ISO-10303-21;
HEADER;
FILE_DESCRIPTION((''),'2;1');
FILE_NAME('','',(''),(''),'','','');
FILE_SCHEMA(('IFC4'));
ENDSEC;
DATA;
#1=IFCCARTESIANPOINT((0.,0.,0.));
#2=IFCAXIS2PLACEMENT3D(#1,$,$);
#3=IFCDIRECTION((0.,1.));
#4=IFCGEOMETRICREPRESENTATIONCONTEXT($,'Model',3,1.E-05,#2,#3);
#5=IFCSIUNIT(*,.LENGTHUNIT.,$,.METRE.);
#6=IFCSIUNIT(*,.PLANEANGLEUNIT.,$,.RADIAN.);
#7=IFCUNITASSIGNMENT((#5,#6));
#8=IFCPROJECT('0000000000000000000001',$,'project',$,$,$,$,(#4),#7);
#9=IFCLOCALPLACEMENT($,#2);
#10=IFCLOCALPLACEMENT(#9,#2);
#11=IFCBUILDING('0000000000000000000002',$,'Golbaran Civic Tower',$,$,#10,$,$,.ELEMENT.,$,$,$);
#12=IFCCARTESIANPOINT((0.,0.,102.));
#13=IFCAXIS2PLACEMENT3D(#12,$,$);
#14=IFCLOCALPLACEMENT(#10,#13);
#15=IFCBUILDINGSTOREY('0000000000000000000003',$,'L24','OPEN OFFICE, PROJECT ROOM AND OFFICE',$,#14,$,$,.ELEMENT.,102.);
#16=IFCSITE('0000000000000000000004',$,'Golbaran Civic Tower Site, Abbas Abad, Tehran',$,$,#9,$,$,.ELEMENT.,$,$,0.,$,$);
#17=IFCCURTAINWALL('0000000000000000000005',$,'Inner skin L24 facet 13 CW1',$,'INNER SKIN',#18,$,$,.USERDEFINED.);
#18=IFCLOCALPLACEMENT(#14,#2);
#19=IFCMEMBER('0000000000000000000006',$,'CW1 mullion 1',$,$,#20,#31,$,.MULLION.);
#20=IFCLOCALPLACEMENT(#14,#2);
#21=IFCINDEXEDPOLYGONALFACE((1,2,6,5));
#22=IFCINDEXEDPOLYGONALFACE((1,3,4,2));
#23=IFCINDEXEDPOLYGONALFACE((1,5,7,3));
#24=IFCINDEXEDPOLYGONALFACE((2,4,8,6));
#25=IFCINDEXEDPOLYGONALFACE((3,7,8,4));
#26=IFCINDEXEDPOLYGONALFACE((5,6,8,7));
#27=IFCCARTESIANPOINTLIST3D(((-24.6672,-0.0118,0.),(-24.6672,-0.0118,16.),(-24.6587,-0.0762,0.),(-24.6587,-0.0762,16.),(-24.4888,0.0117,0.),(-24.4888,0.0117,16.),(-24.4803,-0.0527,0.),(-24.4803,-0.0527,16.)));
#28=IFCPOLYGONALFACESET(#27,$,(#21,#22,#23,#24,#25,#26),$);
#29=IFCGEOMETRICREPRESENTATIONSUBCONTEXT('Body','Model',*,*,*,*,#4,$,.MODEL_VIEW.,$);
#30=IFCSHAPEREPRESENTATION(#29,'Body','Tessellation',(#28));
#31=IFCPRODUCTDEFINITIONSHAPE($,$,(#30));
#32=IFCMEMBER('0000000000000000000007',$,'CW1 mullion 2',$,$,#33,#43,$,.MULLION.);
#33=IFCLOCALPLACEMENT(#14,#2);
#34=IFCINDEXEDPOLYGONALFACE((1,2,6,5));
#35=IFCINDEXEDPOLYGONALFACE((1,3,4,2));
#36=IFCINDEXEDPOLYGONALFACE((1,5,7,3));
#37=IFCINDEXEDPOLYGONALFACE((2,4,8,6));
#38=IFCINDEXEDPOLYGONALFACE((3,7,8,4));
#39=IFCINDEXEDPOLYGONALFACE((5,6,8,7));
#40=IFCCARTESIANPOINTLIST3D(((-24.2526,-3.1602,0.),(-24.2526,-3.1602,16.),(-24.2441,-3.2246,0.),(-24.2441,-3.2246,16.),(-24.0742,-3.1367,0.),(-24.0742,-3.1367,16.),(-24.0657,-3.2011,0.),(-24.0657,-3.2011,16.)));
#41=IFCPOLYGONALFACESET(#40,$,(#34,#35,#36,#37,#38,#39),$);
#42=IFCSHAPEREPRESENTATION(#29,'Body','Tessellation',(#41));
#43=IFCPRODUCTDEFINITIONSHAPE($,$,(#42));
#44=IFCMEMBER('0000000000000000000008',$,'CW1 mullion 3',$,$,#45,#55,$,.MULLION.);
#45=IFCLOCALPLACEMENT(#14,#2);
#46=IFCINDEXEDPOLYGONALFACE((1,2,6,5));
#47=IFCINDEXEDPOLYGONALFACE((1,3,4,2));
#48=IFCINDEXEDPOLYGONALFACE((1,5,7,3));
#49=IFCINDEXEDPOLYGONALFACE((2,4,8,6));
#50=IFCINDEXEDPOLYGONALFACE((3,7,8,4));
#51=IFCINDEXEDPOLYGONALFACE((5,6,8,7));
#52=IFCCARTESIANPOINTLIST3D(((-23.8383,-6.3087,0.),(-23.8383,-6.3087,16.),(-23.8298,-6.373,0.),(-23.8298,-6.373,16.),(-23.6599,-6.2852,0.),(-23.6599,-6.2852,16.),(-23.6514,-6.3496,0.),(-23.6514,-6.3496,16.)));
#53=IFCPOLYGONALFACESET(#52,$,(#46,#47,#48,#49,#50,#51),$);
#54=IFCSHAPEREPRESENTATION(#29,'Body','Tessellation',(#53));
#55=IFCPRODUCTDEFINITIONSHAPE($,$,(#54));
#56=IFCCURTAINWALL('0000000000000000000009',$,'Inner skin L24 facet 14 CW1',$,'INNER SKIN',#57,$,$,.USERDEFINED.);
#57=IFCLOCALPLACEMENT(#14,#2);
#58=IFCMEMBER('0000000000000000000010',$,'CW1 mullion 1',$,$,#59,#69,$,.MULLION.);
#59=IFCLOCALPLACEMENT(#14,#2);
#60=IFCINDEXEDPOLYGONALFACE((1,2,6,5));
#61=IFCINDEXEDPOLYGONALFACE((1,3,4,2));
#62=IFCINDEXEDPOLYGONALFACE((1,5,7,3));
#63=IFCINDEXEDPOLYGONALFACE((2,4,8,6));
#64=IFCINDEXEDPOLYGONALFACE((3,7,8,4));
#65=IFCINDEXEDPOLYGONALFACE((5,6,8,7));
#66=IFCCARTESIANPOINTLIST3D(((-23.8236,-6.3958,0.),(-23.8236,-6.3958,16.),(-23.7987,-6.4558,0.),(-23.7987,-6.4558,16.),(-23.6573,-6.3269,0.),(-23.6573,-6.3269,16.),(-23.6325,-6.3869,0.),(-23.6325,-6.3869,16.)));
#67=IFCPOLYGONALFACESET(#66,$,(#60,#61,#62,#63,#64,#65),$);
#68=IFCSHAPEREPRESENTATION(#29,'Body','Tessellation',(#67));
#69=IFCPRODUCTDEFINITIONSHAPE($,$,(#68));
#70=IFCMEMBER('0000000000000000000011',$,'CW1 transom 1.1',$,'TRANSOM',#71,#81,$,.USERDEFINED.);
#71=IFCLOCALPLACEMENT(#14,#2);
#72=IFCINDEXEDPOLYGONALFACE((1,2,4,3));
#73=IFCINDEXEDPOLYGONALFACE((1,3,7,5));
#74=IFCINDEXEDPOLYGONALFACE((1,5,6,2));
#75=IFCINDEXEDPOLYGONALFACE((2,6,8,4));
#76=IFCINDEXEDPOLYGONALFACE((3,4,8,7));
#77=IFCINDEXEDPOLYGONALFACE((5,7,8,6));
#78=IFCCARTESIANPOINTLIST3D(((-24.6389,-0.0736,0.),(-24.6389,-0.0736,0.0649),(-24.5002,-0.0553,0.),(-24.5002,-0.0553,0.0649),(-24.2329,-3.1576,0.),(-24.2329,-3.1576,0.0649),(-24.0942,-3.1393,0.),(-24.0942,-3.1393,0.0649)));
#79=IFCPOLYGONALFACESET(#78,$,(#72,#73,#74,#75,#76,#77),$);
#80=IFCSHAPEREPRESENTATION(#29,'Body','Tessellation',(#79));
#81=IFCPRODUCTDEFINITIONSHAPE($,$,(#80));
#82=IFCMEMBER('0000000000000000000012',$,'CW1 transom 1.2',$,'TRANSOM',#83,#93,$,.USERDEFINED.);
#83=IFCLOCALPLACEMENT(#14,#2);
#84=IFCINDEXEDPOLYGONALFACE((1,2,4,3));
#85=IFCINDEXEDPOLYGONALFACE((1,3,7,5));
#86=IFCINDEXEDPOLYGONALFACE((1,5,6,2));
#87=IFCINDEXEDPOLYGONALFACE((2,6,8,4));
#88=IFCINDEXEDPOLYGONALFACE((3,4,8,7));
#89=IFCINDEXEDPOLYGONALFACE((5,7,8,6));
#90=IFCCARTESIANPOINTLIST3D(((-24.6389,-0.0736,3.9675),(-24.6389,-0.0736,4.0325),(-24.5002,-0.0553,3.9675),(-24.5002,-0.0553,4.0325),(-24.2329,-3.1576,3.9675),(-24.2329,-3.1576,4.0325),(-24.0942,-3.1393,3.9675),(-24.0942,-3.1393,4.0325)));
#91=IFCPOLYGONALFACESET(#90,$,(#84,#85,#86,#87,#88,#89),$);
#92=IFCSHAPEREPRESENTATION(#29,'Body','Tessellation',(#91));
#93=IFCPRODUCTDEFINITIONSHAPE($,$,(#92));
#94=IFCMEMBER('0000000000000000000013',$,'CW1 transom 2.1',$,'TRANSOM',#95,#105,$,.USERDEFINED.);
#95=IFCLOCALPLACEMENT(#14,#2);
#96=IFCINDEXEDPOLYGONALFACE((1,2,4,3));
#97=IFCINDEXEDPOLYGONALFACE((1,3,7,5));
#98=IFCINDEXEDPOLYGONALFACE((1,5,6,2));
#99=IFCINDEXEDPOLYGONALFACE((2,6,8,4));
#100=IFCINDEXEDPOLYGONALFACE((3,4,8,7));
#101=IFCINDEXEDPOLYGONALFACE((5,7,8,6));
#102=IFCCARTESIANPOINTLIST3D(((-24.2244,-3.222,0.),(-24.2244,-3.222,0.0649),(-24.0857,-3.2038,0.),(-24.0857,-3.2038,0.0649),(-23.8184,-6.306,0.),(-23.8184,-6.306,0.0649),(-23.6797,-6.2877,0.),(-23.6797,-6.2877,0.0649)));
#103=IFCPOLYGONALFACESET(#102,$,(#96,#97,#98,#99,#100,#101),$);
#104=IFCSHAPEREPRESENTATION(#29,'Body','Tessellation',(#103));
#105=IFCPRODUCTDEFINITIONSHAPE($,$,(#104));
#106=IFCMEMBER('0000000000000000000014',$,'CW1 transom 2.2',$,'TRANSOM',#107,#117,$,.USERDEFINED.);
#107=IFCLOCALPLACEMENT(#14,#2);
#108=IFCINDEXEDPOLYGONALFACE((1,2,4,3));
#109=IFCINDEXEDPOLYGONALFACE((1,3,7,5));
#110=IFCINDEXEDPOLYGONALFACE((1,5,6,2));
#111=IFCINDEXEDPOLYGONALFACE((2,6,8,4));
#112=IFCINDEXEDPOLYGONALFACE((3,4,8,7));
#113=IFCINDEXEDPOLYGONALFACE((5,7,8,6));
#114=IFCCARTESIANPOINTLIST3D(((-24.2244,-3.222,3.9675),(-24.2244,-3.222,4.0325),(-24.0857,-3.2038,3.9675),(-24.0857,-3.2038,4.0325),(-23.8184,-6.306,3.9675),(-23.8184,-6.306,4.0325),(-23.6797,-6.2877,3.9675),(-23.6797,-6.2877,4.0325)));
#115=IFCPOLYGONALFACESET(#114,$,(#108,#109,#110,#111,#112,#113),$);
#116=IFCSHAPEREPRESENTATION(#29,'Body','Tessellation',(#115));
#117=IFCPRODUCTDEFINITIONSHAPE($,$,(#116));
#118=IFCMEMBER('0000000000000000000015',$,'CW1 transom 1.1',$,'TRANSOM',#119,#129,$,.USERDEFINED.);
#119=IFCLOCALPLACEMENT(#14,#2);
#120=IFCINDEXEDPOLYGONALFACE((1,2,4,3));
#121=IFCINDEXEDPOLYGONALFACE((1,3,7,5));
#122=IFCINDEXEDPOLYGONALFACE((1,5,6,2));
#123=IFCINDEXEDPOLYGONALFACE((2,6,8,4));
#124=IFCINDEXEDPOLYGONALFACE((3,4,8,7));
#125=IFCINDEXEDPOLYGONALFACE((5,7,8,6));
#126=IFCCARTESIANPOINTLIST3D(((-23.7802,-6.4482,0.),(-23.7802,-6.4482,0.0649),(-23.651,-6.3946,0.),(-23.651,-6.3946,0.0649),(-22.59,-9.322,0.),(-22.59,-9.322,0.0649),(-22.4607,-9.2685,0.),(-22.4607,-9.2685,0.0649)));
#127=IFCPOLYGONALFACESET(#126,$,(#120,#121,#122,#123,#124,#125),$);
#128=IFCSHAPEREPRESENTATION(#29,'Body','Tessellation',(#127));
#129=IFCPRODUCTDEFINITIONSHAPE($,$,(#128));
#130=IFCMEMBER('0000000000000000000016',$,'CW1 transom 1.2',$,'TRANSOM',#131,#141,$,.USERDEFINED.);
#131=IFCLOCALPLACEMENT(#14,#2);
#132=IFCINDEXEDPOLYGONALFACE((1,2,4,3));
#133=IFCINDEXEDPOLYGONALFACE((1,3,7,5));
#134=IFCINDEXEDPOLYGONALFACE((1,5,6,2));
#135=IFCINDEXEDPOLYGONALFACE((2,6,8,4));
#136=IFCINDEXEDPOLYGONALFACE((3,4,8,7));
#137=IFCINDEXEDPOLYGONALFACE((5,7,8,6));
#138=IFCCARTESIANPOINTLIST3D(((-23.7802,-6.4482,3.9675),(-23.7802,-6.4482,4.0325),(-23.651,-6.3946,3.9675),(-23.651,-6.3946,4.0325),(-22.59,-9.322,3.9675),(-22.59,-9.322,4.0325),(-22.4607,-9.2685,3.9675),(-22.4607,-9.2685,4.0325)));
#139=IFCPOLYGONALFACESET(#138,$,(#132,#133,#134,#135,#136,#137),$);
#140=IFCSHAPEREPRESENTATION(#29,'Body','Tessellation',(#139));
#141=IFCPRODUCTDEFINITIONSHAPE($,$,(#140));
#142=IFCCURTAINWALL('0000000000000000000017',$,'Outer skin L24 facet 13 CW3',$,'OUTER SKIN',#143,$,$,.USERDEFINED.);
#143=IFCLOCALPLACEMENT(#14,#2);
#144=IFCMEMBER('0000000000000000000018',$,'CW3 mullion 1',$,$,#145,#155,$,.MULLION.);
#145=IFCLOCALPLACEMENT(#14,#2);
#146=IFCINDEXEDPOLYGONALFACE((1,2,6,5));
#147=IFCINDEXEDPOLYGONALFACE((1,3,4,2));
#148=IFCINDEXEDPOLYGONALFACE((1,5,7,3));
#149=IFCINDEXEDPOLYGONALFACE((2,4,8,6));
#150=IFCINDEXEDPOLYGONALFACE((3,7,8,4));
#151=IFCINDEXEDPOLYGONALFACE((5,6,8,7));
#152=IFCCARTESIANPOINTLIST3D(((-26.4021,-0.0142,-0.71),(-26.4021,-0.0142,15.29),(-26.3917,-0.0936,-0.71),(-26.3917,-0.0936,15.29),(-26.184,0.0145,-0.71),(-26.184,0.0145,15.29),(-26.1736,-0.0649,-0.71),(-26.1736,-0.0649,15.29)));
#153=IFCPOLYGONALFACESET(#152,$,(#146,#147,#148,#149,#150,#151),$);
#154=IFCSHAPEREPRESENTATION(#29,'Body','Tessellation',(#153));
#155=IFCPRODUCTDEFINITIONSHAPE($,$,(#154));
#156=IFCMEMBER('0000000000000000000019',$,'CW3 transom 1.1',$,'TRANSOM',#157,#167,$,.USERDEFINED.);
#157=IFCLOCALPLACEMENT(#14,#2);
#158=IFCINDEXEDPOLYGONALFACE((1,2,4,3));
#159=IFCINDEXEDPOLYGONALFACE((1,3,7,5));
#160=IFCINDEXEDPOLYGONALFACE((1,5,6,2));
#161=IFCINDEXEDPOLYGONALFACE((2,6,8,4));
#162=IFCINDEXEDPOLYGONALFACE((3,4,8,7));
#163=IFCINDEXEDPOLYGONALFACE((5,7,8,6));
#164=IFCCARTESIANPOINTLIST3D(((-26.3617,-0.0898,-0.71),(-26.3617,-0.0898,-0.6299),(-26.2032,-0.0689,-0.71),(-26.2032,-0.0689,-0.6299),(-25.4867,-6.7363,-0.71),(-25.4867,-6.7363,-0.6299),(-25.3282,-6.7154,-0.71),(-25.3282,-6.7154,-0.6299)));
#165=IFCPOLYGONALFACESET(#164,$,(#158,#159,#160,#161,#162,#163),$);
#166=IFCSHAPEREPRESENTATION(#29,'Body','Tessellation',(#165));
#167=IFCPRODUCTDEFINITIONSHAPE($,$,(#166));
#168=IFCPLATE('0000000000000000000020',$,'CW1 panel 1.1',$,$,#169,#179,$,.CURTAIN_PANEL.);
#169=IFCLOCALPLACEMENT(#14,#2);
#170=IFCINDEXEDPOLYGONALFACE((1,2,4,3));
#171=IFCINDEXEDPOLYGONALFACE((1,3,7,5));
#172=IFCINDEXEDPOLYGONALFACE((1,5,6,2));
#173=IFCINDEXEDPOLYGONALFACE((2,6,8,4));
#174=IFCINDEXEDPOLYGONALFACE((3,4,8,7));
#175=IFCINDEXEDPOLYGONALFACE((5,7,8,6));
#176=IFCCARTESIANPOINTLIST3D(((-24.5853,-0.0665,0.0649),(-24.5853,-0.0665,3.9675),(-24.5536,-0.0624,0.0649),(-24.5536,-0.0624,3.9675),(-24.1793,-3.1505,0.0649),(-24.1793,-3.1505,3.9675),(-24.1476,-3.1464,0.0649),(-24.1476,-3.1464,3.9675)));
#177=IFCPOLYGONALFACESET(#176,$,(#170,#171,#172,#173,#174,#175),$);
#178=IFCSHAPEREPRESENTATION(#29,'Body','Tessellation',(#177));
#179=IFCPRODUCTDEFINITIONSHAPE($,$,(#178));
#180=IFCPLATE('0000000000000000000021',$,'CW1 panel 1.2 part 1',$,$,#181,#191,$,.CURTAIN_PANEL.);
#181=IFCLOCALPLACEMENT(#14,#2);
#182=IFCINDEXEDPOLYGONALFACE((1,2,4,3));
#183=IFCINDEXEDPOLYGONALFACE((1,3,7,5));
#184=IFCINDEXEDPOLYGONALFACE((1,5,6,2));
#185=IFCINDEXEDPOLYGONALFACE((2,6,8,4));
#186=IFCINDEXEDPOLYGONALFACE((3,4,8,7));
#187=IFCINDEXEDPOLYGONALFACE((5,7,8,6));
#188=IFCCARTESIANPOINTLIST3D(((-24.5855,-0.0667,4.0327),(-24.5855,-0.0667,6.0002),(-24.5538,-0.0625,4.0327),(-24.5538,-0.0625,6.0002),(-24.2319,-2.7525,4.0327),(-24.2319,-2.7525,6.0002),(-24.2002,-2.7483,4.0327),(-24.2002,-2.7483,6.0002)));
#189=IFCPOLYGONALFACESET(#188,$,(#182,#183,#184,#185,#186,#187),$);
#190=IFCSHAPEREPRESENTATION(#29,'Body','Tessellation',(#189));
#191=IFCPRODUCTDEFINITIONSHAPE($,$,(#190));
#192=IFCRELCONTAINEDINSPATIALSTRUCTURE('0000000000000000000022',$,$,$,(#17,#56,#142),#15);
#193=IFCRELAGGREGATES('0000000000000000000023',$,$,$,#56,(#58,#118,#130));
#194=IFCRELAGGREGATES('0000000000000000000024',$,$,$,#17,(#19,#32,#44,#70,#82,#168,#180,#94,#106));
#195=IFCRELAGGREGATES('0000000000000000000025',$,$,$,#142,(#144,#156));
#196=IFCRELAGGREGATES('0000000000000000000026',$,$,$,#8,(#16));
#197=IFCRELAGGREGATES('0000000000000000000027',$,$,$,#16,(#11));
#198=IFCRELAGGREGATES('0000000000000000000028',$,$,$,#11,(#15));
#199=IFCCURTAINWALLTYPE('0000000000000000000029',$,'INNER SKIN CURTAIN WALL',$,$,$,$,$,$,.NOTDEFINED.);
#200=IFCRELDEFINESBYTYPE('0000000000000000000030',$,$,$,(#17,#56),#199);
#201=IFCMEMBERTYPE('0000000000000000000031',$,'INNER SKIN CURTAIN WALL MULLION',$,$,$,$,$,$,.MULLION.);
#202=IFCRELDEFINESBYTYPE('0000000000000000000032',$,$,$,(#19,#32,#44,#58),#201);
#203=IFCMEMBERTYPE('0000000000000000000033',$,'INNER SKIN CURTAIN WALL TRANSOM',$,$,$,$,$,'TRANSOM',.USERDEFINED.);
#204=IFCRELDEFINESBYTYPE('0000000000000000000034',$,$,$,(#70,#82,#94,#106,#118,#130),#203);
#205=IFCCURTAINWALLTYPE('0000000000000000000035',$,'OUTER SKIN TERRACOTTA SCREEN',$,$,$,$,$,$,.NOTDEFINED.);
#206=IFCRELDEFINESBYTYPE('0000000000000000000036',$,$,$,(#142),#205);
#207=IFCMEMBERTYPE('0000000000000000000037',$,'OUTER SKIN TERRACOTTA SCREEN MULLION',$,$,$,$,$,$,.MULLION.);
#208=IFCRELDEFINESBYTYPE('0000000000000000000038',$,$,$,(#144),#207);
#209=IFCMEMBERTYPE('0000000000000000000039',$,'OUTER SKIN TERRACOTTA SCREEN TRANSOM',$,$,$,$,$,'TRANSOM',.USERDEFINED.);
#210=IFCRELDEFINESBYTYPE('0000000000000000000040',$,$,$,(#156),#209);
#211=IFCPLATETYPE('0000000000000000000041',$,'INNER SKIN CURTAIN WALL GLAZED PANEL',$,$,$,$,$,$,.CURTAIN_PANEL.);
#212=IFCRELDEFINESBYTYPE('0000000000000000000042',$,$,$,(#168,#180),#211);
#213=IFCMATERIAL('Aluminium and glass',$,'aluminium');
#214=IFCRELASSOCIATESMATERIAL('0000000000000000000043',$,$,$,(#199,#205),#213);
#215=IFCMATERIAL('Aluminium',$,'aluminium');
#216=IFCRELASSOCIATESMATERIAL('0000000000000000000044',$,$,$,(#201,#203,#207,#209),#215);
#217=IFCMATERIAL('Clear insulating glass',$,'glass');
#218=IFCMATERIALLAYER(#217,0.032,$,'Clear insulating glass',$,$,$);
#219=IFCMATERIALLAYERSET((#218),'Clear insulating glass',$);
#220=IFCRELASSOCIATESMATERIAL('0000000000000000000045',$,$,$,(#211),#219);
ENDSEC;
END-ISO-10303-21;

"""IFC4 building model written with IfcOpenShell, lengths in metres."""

from ifc_helpers import new_model, si_unit, direction, frame, origin, origin_2d, place, context, subcontext, project, spatial, rectangle, extrude, material, layer, layer_set, material_profile, profile_set, type_object, element, aggregate, save


model = new_model("IFC4")

# Units and contexts
model_context = context("Model", 3, precision=1e-05, world=origin(), true_north=direction((0.0, 1.0)))
body_context = subcontext(model_context, "Body", "Model", "MODEL_VIEW")
ifc_project = project(units=[si_unit("LENGTHUNIT", "METRE"), si_unit("PLANEANGLEUNIT", "RADIAN")], contexts=[model_context])

# Site, building, storey
site_placement = place(None, origin())
site = spatial("IfcSite", under=ifc_project, at=site_placement, Name="Golbaran Civic Tower Site, Abbas Abad, Tehran", CompositionType="ELEMENT", RefElevation=0.0)
building_placement = place(site_placement, origin())
building = spatial("IfcBuilding", under=site, at=building_placement, Name="Golbaran Civic Tower", CompositionType="ELEMENT")
storey_placement = place(building_placement, frame((0.0, 0.0, 102.0)))
storey = spatial("IfcBuildingStorey", under=building, at=storey_placement, Name="L24", Description="OPEN OFFICE, PROJECT ROOM AND OFFICE", CompositionType="ELEMENT", Elevation=102.0)

# Curtain wall, members
ifc_material_1 = material(Name="Aluminium and glass", Category="aluminium")
curtain_wall_type_1 = type_object("IfcCurtainWallType", Name="INNER SKIN CURTAIN WALL", PredefinedType="NOTDEFINED", material=ifc_material_1)
curtain_wall_1_placement = place(storey_placement, origin())
curtain_wall_1 = element("IfcCurtainWall", 1, at=curtain_wall_1_placement, inside=storey, type_object=curtain_wall_type_1, Name="Inner skin L24 facet 13 CW1", ObjectType="INNER SKIN", PredefinedType="USERDEFINED")
ifc_material_2 = material(Name="Aluminium", Category="aluminium")
ifc_material_profile_1 = material_profile(ifc_material_2, rectangle(XDim=0.1799, YDim=0.0649, at=origin_2d()), Name="INNER SKIN CURTAIN WALL MULLION")
ifc_profile_set_1 = profile_set([ifc_material_profile_1], Name="Aluminium")
member_type_1 = type_object("IfcMemberType", Name="INNER SKIN CURTAIN WALL MULLION", PredefinedType="MULLION", material=ifc_profile_set_1)
member_1_placement = place(storey_placement, frame((-24.5737, -0.0322, 0.0), z_axis=(0.0, 0.0, 1.0), x_axis=(0.991445, 0.130526, 0.0)))
member_1 = element("IfcMember", 2, at=member_1_placement, type_object=member_type_1, Name="CW1 mullion 1", PredefinedType="MULLION", context=body_context, shape_type="SweptSolid", body=[
    extrude(rectangle(XDim=0.1799, YDim=0.0649, at=origin_2d()), origin(), (0.0, 0.0, 1.0), 16.0),
])
member_2_placement = place(storey_placement, frame((-24.1592, -3.1807, 0.0), z_axis=(0.0, 0.0, 1.0), x_axis=(0.991445, 0.130526, 0.0)))
member_2 = element("IfcMember", 3, at=member_2_placement, type_object=member_type_1, Name="CW1 mullion 2", PredefinedType="MULLION", context=body_context, shape_type="SweptSolid", body=[
    extrude(rectangle(XDim=0.1799, YDim=0.0649, at=origin_2d()), origin(), (0.0, 0.0, 1.0), 16.0),
])
member_3_placement = place(storey_placement, frame((-23.7449, -6.3291, 0.0), z_axis=(0.0, 0.0, 1.0), x_axis=(0.991445, 0.130526, 0.0)))
member_3 = element("IfcMember", 4, at=member_3_placement, type_object=member_type_1, Name="CW1 mullion 3", PredefinedType="MULLION", context=body_context, shape_type="SweptSolid", body=[
    extrude(rectangle(XDim=0.1799, YDim=0.0649, at=origin_2d()), origin(), (0.0, 0.0, 1.0), 16.0),
])

# Curtain wall, member
curtain_wall_2_placement = place(storey_placement, origin())
curtain_wall_2 = element("IfcCurtainWall", 5, at=curtain_wall_2_placement, inside=storey, type_object=curtain_wall_type_1, Name="Inner skin L24 facet 14 CW1", ObjectType="INNER SKIN", PredefinedType="USERDEFINED")
member_4_placement = place(storey_placement, frame((-23.728, -6.3914, 0.0), z_axis=(0.0, 0.0, 1.0), x_axis=(0.92388, 0.382683, 0.0)))
member_4 = element("IfcMember", 6, at=member_4_placement, type_object=member_type_1, Name="CW1 mullion 1", PredefinedType="MULLION", context=body_context, shape_type="SweptSolid", body=[
    extrude(rectangle(XDim=0.1799, YDim=0.0649, at=origin_2d()), origin(), (0.0, 0.0, 1.0), 16.0),
])

# Members
ifc_material_profile_2 = material_profile(ifc_material_2, rectangle(XDim=0.1399, YDim=0.0649, at=origin_2d()), Name="INNER SKIN CURTAIN WALL TRANSOM")
ifc_profile_set_2 = profile_set([ifc_material_profile_2], Name="Aluminium")
member_type_2 = type_object("IfcMemberType", Name="INNER SKIN CURTAIN WALL TRANSOM", ElementType="TRANSOM", PredefinedType="USERDEFINED", material=ifc_profile_set_2)
member_5_placement = place(storey_placement, frame((-24.5696, -0.0645, 0.0325), z_axis=(0.130524, -0.991445, 0.0), x_axis=(0.991445, 0.130524, 0.0)))
member_5 = element("IfcMember", 7, at=member_5_placement, type_object=member_type_2, Name="CW1 transom 1.1", ObjectType="TRANSOM", PredefinedType="USERDEFINED", context=body_context, shape_type="SweptSolid", body=[
    extrude(rectangle(XDim=0.1399, YDim=0.0649, at=origin_2d()), origin(), (0.0, 0.0, 1.0), 3.1106),
])
member_6_placement = place(storey_placement, frame((-24.5696, -0.0645, 4.0), z_axis=(0.130524, -0.991445, 0.0), x_axis=(0.991445, 0.130524, 0.0)))
member_6 = element("IfcMember", 8, at=member_6_placement, type_object=member_type_2, Name="CW1 transom 1.2", ObjectType="TRANSOM", PredefinedType="USERDEFINED", context=body_context, shape_type="SweptSolid", body=[
    extrude(rectangle(XDim=0.1399, YDim=0.0649, at=origin_2d()), origin(), (0.0, 0.0, 1.0), 3.1106),
])
member_7_placement = place(storey_placement, frame((-24.155, -3.2129, 0.0325), z_axis=(0.130524, -0.991445, 0.0), x_axis=(0.991445, 0.130524, 0.0)))
member_7 = element("IfcMember", 9, at=member_7_placement, type_object=member_type_2, Name="CW1 transom 2.1", ObjectType="TRANSOM", PredefinedType="USERDEFINED", context=body_context, shape_type="SweptSolid", body=[
    extrude(rectangle(XDim=0.1399, YDim=0.0649, at=origin_2d()), origin(), (0.0, 0.0, 1.0), 3.1106),
])
member_8_placement = place(storey_placement, frame((-24.155, -3.2129, 4.0), z_axis=(0.130524, -0.991445, 0.0), x_axis=(0.991445, 0.130524, 0.0)))
member_8 = element("IfcMember", 10, at=member_8_placement, type_object=member_type_2, Name="CW1 transom 2.2", ObjectType="TRANSOM", PredefinedType="USERDEFINED", context=body_context, shape_type="SweptSolid", body=[
    extrude(rectangle(XDim=0.1399, YDim=0.0649, at=origin_2d()), origin(), (0.0, 0.0, 1.0), 3.1106),
])
member_9_placement = place(storey_placement, frame((-23.7156, -6.4214, 0.0325), z_axis=(0.382636, -0.923899, 0.0), x_axis=(0.923899, 0.382636, 0.0)))
member_9 = element("IfcMember", 11, at=member_9_placement, type_object=member_type_2, Name="CW1 transom 1.1", ObjectType="TRANSOM", PredefinedType="USERDEFINED", context=body_context, shape_type="SweptSolid", body=[
    extrude(rectangle(XDim=0.1399, YDim=0.0649, at=origin_2d()), origin(), (0.0, 0.0, 1.0), 3.1106),
])
member_10_placement = place(storey_placement, frame((-23.7156, -6.4214, 4.0), z_axis=(0.382636, -0.923899, 0.0), x_axis=(0.923899, 0.382636, 0.0)))
member_10 = element("IfcMember", 12, at=member_10_placement, type_object=member_type_2, Name="CW1 transom 1.2", ObjectType="TRANSOM", PredefinedType="USERDEFINED", context=body_context, shape_type="SweptSolid", body=[
    extrude(rectangle(XDim=0.1399, YDim=0.0649, at=origin_2d()), origin(), (0.0, 0.0, 1.0), 3.1106),
])
aggregate(curtain_wall_2, [member_4, member_9, member_10])

# Curtain wall, members
curtain_wall_type_2 = type_object("IfcCurtainWallType", Name="OUTER SKIN TERRACOTTA SCREEN", PredefinedType="NOTDEFINED", material=ifc_material_1)
curtain_wall_3_placement = place(storey_placement, origin())
curtain_wall_3 = element("IfcCurtainWall", 13, at=curtain_wall_3_placement, inside=storey, type_object=curtain_wall_type_2, Name="Outer skin L24 facet 13 CW3", ObjectType="OUTER SKIN", PredefinedType="USERDEFINED")
ifc_material_profile_3 = material_profile(ifc_material_2, rectangle(XDim=0.22, YDim=0.0801, at=origin_2d()), Name="OUTER SKIN TERRACOTTA SCREEN MULLION")
ifc_profile_set_3 = profile_set([ifc_material_profile_3], Name="Aluminium")
member_type_3 = type_object("IfcMemberType", Name="OUTER SKIN TERRACOTTA SCREEN MULLION", PredefinedType="MULLION", material=ifc_profile_set_3)
member_11_placement = place(storey_placement, frame((-26.2878, -0.0396, -0.71), z_axis=(0.0, 0.0, 1.0), x_axis=(0.991445, 0.130526, 0.0)))
member_11 = element("IfcMember", 14, at=member_11_placement, type_object=member_type_3, Name="CW3 mullion 1", PredefinedType="MULLION", context=body_context, shape_type="SweptSolid", body=[
    extrude(rectangle(XDim=0.22, YDim=0.0801, at=origin_2d()), origin(), (0.0, 0.0, 1.0), 16.0),
])
ifc_material_profile_4 = material_profile(ifc_material_2, rectangle(XDim=0.1599, YDim=0.0801, at=origin_2d()), Name="OUTER SKIN TERRACOTTA SCREEN TRANSOM")
ifc_profile_set_4 = profile_set([ifc_material_profile_4], Name="Aluminium")
member_type_4 = type_object("IfcMemberType", Name="OUTER SKIN TERRACOTTA SCREEN TRANSOM", ElementType="TRANSOM", PredefinedType="USERDEFINED", material=ifc_profile_set_4)
member_12_placement = place(storey_placement, frame((-26.2825, -0.0793, -0.6699), z_axis=(0.130522, -0.991445, 0.0), x_axis=(0.991445, 0.130522, 0.0)))
member_12 = element("IfcMember", 15, at=member_12_placement, type_object=member_type_4, Name="CW3 transom 1.1", ObjectType="TRANSOM", PredefinedType="USERDEFINED", context=body_context, shape_type="SweptSolid", body=[
    extrude(rectangle(XDim=0.1599, YDim=0.0801, at=origin_2d()), origin(), (0.0, 0.0, 1.0), 6.7039),
])

# Plates
ifc_material_3 = material(Name="Clear insulating glass", Category="glass")
ifc_layer_1 = layer(ifc_material_3, 0.032, Name="Clear insulating glass")
ifc_layer_set_1 = layer_set([ifc_layer_1], Name="Clear insulating glass")
plate_type_1 = type_object("IfcPlateType", Name="INNER SKIN CURTAIN WALL GLAZED PANEL", PredefinedType="CURTAIN_PANEL", material=ifc_layer_set_1)
plate_1_placement = place(storey_placement, frame((-24.3665, -1.6064, 0.0649), z_axis=(0.0, 0.0, 1.0), x_axis=(0.130526, -0.991445, 0.0)))
plate_1 = element("IfcPlate", 16, at=plate_1_placement, type_object=plate_type_1, Name="CW1 panel 1.1", PredefinedType="CURTAIN_PANEL", context=body_context, shape_type="SweptSolid", body=[
    extrude(rectangle(XDim=3.1106, YDim=0.032, at=origin_2d()), origin(), (0.0, 0.0, 1.0), 3.9026),
])
plate_2_placement = place(storey_placement, frame((-24.3928, -1.4075, 4.0327), z_axis=(0.0, 0.0, 1.0), x_axis=(0.130526, -0.991445, 0.0)))
plate_2 = element("IfcPlate", 17, at=plate_2_placement, type_object=plate_type_1, Name="CW1 panel 1.2 part 1", PredefinedType="CURTAIN_PANEL", context=body_context, shape_type="SweptSolid", body=[
    extrude(rectangle(XDim=2.709, YDim=0.032, at=origin_2d()), origin(), (0.0, 0.0, 1.0), 1.9675),
])
aggregate(curtain_wall_1, [member_1, member_2, member_3, member_5, member_6, plate_1, plate_2, member_7, member_8])
aggregate(curtain_wall_3, [member_11, member_12])

save(model, "model.ifc")
